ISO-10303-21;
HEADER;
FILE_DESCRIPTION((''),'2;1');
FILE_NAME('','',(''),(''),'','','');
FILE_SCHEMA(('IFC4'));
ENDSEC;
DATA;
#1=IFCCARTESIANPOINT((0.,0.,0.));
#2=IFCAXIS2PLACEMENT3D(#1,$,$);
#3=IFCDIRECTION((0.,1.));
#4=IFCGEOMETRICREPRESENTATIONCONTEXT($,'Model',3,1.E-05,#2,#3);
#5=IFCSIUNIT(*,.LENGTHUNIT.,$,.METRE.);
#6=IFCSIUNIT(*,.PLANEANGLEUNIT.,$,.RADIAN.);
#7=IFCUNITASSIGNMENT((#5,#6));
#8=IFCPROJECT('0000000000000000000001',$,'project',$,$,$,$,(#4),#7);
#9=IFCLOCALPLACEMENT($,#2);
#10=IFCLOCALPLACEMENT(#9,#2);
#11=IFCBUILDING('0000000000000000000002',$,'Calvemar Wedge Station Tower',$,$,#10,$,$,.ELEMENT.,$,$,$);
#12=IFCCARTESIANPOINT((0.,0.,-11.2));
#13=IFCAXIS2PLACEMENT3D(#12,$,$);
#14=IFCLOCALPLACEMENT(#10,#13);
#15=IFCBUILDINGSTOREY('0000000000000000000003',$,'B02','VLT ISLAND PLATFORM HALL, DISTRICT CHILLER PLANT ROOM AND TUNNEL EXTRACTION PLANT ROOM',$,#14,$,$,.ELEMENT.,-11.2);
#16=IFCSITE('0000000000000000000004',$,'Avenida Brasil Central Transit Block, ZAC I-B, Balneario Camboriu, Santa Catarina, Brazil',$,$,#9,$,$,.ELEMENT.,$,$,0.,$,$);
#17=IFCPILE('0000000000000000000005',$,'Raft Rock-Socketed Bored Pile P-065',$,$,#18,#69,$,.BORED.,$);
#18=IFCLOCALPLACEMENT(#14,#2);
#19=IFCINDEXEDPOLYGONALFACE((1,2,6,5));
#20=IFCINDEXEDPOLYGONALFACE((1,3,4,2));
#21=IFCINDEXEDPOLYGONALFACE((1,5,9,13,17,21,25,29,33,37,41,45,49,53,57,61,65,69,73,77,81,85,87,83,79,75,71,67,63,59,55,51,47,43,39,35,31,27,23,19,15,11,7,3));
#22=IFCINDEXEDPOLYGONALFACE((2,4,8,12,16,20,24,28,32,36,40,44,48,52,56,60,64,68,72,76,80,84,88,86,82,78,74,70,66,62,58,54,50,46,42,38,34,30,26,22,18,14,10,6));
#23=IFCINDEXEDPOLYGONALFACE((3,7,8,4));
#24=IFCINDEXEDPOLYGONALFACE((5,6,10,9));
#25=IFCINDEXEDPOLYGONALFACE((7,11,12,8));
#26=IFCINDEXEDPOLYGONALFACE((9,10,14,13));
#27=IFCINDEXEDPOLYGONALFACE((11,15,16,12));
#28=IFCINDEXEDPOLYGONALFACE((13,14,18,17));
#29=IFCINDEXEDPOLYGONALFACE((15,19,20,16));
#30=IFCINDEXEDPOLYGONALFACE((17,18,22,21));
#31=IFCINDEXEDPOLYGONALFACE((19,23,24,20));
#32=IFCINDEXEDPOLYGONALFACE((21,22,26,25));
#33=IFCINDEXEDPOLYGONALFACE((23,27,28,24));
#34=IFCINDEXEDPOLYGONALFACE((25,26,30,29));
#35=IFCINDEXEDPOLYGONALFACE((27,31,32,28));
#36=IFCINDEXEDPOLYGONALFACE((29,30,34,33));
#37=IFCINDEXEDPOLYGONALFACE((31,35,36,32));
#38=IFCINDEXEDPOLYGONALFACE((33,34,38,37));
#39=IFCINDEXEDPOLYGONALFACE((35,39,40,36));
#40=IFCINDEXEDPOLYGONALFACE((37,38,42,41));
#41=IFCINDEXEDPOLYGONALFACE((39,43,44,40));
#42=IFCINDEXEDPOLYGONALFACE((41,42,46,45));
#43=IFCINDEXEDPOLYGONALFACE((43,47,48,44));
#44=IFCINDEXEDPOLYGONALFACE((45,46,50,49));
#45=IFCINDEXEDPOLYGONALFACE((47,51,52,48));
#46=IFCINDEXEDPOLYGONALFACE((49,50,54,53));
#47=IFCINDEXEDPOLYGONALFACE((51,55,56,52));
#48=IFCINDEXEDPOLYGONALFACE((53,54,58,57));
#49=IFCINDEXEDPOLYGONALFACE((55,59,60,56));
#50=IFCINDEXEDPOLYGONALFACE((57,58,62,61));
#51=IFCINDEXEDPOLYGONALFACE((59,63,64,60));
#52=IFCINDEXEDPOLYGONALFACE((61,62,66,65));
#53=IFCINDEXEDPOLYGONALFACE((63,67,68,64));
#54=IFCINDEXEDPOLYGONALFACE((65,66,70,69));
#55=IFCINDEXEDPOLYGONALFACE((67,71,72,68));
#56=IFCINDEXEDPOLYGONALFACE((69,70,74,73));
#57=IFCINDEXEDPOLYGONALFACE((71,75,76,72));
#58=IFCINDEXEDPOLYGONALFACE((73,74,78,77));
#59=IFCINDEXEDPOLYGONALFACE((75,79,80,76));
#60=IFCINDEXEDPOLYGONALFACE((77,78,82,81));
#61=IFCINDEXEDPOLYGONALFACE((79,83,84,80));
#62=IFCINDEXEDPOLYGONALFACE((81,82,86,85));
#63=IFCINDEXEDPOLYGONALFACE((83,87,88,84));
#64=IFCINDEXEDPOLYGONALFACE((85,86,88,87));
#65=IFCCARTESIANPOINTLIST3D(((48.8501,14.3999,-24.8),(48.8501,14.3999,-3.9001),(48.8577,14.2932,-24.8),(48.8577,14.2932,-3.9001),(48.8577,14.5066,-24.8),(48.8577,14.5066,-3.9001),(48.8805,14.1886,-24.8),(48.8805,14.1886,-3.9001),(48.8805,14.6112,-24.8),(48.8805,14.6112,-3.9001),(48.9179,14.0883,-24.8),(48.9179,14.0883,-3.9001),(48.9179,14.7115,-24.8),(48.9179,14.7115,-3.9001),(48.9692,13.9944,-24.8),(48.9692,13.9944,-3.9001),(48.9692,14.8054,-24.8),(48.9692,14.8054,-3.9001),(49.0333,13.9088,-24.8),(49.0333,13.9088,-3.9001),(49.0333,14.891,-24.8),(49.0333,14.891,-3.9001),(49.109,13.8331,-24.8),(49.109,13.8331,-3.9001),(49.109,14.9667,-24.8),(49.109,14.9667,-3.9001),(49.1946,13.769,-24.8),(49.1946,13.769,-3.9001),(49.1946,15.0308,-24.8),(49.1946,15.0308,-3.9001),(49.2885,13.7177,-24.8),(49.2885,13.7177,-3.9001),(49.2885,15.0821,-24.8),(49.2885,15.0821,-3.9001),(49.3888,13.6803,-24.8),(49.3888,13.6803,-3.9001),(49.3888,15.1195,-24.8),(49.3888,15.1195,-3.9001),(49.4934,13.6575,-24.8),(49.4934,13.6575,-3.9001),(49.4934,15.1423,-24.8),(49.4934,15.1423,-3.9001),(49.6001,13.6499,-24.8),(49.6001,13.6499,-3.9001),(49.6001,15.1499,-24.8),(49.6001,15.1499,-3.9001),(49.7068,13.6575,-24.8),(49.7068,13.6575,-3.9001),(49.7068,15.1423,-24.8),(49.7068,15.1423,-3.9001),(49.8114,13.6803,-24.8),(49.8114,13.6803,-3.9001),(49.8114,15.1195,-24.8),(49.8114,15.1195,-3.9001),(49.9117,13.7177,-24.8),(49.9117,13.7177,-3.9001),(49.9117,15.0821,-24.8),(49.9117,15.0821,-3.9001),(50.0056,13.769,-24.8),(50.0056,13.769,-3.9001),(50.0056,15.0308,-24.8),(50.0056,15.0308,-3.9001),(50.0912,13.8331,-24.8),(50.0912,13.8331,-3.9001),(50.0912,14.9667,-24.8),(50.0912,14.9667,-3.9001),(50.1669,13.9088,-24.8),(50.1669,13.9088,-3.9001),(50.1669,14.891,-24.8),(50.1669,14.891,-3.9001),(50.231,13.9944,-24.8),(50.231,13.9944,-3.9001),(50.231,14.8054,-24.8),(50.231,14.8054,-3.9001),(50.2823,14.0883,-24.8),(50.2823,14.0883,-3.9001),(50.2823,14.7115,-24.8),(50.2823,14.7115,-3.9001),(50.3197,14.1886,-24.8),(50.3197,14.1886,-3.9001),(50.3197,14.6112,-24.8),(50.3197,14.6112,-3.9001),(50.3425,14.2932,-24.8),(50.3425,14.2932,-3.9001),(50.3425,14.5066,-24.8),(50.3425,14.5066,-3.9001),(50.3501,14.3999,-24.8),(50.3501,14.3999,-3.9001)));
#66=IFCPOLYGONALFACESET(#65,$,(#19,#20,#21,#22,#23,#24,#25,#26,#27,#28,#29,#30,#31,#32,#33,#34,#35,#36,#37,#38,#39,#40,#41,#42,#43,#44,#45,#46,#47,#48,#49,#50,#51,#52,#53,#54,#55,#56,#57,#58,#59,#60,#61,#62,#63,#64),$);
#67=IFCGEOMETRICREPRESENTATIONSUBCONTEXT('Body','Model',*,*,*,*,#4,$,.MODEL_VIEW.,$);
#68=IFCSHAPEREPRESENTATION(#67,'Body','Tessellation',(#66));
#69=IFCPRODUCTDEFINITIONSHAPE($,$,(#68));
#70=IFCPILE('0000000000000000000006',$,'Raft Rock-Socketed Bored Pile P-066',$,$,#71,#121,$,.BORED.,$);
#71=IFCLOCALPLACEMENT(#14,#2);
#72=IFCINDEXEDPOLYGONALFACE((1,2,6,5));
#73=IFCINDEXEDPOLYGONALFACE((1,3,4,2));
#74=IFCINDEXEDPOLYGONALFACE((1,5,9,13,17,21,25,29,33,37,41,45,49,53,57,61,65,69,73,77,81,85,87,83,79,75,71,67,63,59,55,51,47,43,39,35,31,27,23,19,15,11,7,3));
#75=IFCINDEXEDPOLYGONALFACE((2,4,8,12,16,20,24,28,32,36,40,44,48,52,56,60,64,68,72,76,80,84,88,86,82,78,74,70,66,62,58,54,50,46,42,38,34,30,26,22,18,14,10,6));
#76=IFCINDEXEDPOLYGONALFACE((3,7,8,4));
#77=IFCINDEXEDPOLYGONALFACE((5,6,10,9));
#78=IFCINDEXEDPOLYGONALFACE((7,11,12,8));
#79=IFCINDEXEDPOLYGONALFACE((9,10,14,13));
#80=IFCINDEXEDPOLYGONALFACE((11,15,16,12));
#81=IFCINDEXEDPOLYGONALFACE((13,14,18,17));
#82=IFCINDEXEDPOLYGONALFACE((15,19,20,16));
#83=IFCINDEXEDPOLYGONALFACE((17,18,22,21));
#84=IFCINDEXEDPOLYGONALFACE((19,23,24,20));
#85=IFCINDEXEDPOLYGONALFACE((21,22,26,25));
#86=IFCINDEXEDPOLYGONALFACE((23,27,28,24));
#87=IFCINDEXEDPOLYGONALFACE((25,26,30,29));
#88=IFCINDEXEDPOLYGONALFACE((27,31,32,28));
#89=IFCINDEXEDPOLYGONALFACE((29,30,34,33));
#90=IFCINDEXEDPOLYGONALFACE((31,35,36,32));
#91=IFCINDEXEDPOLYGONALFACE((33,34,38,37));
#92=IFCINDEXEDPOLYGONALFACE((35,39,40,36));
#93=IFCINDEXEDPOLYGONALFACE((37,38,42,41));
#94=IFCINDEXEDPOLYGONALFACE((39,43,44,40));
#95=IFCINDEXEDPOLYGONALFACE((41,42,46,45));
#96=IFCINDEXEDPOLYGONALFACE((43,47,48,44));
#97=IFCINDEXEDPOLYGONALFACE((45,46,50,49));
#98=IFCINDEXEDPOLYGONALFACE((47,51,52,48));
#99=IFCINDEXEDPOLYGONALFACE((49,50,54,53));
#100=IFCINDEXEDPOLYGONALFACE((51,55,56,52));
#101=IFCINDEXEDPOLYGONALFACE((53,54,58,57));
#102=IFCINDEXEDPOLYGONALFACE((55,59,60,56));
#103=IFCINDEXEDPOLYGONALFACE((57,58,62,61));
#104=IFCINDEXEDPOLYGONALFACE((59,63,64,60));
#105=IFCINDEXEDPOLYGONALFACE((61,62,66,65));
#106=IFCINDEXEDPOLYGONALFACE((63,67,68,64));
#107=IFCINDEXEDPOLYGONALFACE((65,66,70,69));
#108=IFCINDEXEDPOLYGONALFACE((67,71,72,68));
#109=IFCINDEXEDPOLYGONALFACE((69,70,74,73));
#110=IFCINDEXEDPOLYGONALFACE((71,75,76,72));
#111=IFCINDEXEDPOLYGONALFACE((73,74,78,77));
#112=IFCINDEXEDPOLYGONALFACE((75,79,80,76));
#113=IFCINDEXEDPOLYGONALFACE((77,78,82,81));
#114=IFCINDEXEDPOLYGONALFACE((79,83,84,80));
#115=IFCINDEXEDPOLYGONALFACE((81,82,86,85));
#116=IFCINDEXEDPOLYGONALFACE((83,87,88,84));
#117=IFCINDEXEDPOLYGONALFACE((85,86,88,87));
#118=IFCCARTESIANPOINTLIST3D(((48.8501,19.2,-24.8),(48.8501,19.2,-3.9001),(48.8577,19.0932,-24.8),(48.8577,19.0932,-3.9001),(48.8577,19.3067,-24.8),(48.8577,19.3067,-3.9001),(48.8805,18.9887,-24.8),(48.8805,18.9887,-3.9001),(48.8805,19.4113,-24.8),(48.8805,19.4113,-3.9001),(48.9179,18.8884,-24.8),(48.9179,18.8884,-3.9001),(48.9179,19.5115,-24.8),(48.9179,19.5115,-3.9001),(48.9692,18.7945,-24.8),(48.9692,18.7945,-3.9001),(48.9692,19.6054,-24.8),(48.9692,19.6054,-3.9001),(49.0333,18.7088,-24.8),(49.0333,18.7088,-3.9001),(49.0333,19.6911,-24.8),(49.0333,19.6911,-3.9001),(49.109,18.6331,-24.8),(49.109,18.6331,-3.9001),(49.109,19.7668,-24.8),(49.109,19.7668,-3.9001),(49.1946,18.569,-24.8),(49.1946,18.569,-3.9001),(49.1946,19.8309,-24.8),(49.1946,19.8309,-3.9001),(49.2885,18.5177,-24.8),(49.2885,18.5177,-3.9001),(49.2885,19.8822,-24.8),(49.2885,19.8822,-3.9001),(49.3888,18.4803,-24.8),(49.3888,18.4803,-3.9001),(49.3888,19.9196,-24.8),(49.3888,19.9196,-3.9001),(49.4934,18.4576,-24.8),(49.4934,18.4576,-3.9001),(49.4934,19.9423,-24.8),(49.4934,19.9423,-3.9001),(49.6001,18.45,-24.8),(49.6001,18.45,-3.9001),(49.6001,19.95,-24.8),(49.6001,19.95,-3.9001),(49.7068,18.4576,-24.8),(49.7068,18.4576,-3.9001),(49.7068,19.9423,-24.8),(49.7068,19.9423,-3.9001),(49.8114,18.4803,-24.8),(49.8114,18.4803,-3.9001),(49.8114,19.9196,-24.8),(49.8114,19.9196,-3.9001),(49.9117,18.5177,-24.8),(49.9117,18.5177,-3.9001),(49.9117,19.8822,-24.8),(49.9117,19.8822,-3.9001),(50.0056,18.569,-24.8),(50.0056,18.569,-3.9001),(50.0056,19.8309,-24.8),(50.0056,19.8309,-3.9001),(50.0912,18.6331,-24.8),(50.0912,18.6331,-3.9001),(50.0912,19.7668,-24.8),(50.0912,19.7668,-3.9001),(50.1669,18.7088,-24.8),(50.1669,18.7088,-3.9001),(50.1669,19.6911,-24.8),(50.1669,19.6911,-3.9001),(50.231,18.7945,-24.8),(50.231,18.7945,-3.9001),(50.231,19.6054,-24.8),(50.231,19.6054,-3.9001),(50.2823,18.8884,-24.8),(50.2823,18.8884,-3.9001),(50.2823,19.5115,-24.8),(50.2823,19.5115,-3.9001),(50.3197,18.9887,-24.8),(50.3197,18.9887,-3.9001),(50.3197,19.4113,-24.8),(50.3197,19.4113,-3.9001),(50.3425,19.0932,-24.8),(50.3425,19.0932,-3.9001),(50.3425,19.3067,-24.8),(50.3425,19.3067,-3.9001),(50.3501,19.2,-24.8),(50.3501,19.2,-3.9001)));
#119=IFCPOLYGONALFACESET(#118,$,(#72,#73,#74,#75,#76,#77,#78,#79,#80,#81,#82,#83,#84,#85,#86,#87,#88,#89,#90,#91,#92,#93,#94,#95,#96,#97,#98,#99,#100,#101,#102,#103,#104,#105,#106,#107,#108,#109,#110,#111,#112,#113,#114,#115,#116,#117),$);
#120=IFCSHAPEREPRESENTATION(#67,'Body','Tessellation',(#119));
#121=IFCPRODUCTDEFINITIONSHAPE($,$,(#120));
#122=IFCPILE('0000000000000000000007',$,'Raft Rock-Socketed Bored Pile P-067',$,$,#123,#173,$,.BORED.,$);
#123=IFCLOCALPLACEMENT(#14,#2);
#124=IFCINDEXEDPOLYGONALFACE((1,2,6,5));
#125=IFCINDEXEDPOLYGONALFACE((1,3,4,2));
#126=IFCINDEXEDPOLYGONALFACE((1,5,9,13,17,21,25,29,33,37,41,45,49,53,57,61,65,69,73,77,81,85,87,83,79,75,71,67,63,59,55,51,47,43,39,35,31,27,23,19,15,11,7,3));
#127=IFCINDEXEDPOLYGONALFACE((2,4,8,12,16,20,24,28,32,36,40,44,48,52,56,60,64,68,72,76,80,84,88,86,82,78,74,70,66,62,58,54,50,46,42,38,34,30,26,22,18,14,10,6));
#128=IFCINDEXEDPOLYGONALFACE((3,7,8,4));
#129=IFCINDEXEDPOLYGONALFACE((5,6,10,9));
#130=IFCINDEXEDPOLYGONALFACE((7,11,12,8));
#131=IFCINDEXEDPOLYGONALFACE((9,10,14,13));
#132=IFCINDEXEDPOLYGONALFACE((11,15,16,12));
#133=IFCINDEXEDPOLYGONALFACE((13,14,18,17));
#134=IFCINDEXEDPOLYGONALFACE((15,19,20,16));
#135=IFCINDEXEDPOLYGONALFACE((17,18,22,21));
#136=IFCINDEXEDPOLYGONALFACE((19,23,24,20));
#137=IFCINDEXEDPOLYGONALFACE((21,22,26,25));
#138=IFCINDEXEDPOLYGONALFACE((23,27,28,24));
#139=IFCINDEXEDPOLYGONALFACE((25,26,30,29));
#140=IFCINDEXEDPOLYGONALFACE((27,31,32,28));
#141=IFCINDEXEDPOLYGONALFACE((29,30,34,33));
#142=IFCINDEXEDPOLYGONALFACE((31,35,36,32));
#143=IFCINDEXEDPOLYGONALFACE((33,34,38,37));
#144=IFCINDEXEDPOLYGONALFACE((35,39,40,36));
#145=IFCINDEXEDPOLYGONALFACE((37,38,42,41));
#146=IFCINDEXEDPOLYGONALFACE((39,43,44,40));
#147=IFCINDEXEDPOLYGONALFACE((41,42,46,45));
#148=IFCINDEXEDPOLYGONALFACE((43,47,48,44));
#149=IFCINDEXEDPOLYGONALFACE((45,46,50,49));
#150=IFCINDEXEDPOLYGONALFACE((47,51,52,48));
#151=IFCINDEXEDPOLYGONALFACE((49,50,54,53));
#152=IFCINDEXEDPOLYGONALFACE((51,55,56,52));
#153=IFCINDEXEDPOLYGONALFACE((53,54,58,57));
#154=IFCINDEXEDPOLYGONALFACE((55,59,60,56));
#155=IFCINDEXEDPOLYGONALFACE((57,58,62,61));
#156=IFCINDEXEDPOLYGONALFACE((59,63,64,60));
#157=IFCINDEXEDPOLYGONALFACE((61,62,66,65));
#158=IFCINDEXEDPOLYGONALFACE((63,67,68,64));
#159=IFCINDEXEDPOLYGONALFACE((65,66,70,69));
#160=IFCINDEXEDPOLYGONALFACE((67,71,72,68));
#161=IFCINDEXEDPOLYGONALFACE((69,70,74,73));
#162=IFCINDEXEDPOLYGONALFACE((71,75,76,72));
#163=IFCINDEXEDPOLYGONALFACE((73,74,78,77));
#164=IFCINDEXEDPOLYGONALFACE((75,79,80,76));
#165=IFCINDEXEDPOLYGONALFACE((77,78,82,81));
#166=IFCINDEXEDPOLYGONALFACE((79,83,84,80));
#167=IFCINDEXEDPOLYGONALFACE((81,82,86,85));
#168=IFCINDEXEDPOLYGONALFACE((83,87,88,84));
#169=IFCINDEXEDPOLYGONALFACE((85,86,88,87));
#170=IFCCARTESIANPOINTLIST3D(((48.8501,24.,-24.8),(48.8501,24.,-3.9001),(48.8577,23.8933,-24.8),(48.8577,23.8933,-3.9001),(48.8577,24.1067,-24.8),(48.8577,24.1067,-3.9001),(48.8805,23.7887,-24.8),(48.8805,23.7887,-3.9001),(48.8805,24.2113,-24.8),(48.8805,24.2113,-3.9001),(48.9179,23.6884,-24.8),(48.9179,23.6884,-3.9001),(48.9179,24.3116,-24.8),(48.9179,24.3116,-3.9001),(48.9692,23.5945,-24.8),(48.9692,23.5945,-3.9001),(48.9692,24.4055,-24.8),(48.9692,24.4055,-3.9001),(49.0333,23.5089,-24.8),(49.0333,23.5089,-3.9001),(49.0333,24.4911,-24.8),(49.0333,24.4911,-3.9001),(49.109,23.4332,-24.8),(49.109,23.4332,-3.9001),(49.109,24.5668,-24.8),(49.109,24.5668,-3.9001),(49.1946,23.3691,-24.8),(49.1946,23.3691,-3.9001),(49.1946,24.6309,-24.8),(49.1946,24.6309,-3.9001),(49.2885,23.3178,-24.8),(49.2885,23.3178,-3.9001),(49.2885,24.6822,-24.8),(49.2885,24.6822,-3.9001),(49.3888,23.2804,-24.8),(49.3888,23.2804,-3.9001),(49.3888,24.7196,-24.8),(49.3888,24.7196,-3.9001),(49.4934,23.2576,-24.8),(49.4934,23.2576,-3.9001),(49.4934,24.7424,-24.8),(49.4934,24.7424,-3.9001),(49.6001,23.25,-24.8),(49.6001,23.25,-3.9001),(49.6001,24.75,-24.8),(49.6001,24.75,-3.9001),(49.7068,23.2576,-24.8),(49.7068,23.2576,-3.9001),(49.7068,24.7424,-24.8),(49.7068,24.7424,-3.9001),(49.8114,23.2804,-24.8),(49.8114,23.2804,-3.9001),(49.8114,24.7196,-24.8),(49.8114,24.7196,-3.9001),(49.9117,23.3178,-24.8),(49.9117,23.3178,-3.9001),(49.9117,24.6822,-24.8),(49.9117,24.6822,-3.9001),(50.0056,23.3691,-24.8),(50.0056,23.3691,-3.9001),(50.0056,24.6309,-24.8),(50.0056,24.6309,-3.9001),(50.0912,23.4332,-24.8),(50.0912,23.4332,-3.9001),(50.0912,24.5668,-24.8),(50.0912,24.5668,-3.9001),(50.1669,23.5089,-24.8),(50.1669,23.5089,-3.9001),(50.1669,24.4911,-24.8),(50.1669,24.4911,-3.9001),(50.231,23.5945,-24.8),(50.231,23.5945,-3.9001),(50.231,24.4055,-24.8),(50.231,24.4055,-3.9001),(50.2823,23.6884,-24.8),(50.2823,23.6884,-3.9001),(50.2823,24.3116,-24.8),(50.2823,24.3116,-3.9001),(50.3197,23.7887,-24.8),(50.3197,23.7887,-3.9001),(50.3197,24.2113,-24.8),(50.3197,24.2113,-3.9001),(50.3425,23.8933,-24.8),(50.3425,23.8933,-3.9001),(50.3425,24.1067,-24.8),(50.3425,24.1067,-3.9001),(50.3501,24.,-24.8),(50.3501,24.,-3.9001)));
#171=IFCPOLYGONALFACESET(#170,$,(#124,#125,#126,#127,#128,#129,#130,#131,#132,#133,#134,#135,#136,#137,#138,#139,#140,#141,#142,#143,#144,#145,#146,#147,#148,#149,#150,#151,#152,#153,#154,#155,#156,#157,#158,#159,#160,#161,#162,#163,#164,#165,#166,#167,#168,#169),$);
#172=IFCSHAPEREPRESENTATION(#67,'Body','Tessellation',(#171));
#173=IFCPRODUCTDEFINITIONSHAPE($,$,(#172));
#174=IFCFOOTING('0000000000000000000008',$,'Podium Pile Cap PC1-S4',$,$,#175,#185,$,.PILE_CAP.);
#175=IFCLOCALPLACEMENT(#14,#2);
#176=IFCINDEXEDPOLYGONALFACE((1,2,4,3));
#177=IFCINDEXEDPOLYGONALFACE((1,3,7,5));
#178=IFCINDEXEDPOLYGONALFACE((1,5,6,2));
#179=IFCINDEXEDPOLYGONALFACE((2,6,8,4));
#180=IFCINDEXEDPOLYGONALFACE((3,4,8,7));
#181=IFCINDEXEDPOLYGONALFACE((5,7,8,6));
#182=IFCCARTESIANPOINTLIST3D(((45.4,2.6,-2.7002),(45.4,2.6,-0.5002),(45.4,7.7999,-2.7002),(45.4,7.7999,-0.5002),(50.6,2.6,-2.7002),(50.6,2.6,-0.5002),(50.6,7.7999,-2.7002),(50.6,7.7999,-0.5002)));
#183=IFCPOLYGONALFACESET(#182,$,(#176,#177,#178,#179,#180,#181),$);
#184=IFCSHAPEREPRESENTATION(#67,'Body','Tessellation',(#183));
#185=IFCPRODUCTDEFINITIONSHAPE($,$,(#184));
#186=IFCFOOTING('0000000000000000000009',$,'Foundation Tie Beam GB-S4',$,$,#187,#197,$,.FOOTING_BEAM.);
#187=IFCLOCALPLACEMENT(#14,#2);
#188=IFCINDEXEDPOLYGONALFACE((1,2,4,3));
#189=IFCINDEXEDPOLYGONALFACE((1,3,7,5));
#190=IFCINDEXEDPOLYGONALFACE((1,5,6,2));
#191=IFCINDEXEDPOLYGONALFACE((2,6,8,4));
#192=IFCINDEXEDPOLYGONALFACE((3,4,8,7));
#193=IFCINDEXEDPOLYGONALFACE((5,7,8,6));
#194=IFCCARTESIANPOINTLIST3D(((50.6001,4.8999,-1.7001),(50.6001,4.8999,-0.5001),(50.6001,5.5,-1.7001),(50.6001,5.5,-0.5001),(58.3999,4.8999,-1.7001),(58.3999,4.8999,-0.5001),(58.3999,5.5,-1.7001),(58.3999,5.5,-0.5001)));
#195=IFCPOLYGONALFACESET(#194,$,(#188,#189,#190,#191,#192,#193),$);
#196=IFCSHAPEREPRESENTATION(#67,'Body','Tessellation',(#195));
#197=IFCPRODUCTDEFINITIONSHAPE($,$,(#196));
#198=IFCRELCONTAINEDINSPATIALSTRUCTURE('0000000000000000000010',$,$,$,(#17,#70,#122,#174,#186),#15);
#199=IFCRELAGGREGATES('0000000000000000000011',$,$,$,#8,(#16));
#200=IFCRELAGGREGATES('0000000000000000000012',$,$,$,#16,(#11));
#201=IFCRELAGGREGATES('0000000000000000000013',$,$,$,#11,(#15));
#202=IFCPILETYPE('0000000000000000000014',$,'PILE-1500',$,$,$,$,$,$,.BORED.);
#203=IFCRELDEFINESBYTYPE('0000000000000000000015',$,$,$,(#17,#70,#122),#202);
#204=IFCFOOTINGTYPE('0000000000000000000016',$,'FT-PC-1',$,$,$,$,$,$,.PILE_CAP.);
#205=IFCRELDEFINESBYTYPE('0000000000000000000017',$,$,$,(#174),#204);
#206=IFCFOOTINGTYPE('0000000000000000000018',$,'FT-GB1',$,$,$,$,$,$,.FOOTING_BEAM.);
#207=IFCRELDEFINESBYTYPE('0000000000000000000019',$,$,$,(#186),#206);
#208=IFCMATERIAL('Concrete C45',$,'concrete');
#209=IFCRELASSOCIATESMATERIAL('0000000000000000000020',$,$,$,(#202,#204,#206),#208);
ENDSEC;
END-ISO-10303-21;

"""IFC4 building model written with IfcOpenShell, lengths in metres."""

from ifc_helpers import new_model, si_unit, direction, frame, origin, origin_2d, place, context, subcontext, project, spatial, rectangle, circle, extrude, source, transform, mapped, material, material_profile, profile_set, type_object, element, save


model = new_model("IFC4")

# Units and contexts
model_context = context("Model", 3, precision=1e-05, world=origin(), true_north=direction((0.0, 1.0)))
body_context = subcontext(model_context, "Body", "Model", "MODEL_VIEW")
ifc_project = project(units=[si_unit("LENGTHUNIT", "METRE"), si_unit("PLANEANGLEUNIT", "RADIAN")], contexts=[model_context])

# Site, building, storey
site_placement = place(None, origin())
site = spatial("IfcSite", under=ifc_project, at=site_placement, Name="Avenida Brasil Central Transit Block, ZAC I-B, Balneario Camboriu, Santa Catarina, Brazil", CompositionType="ELEMENT", RefElevation=0.0)
building_placement = place(site_placement, origin())
building = spatial("IfcBuilding", under=site, at=building_placement, Name="Calvemar Wedge Station Tower", CompositionType="ELEMENT")
storey_placement = place(building_placement, frame((0.0, 0.0, -11.2)))
storey = spatial("IfcBuildingStorey", under=building, at=storey_placement, Name="B02", Description="VLT ISLAND PLATFORM HALL, DISTRICT CHILLER PLANT ROOM AND TUNNEL EXTRACTION PLANT ROOM", CompositionType="ELEMENT", Elevation=-11.2)

# Piles
ifc_material_1 = material(Name="Concrete C45", Category="concrete")
ifc_material_profile_1 = material_profile(ifc_material_1, circle(Radius=0.75, at=origin_2d()), Name="PILE-D1500")
ifc_profile_set_1 = profile_set([ifc_material_profile_1], Name="Concrete C45")
pile_type_1 = type_object("IfcPileType", Name="PILE-1500", PredefinedType="BORED", material=ifc_profile_set_1)
for number, where, z_axis, x_axis, name in (
    (1, (49.6001, 14.3999, -3.9001), (0.0, 0.0, -1.0), (1.0, 0.0, 0.0), "Raft Rock-Socketed Bored Pile P-065"),
    (2, (49.6001, 19.2, -3.9001), (0.0, 0.0, -1.0), (1.0, 0.0, 0.0), "Raft Rock-Socketed Bored Pile P-066"),
    (3, (49.6001, 24.0, -3.9001), (0.0, 0.0, -1.0), (1.0, 0.0, 0.0), "Raft Rock-Socketed Bored Pile P-067"),
):
    element("IfcPile", number, at=place(storey_placement, frame(where, z_axis=z_axis, x_axis=x_axis)), inside=storey, type_object=pile_type_1, Name=name, PredefinedType="BORED", context=body_context, shape_type="SweptSolid", body=[
        extrude(circle(Radius=0.75, at=origin_2d()), origin(), (0.0, 0.0, 1.0), 20.8999),
    ])

# Footings
footing_type_1 = type_object("IfcFootingType", Name="FT-PC-1", PredefinedType="PILE_CAP", material=ifc_material_1)
shared_shape_1 = source(origin(), body_context, "Body", "SweptSolid", [
    extrude(rectangle(XDim=5.2, YDim=5.2, at=origin_2d()), origin(), (0.0, 0.0, 1.0), 2.2),
])
footing_1_placement = place(storey_placement, frame((48.0, 5.2, -2.7002), z_axis=(0.0, 0.0, 1.0), x_axis=(1.0, 0.0, 0.0)))
element("IfcFooting", 4, at=footing_1_placement, inside=storey, type_object=footing_type_1, Name="Podium Pile Cap PC1-S4", PredefinedType="PILE_CAP", context=body_context, shape_type="MappedRepresentation", body=[
    mapped(shared_shape_1, transform((0.0, 0.0, 0.0), scale=1.0)),
])
ifc_material_profile_2 = material_profile(ifc_material_1, rectangle(XDim=0.6001, YDim=1.2, at=origin_2d()), Name="RC600x1200")
ifc_profile_set_2 = profile_set([ifc_material_profile_2], Name="Concrete C45")
footing_type_2 = type_object("IfcFootingType", Name="FT-GB1", PredefinedType="FOOTING_BEAM", material=ifc_profile_set_2)
shared_shape_2 = source(origin(), body_context, "Body", "SweptSolid", [
    extrude(rectangle(XDim=0.6001, YDim=1.2, at=origin_2d()), origin(), (0.0, 0.0, 1.0), 7.7998),
])
footing_2_placement = place(storey_placement, frame((50.6001, 5.2, -1.1001), z_axis=(1.0, 0.0, 0.0), x_axis=(0.0, 1.0, 0.0)))
element("IfcFooting", 5, at=footing_2_placement, inside=storey, type_object=footing_type_2, Name="Foundation Tie Beam GB-S4", PredefinedType="FOOTING_BEAM", context=body_context, shape_type="MappedRepresentation", body=[
    mapped(shared_shape_2, transform((0.0, 0.0, 0.0), scale=1.0)),
])

save(model, "model.ifc")
